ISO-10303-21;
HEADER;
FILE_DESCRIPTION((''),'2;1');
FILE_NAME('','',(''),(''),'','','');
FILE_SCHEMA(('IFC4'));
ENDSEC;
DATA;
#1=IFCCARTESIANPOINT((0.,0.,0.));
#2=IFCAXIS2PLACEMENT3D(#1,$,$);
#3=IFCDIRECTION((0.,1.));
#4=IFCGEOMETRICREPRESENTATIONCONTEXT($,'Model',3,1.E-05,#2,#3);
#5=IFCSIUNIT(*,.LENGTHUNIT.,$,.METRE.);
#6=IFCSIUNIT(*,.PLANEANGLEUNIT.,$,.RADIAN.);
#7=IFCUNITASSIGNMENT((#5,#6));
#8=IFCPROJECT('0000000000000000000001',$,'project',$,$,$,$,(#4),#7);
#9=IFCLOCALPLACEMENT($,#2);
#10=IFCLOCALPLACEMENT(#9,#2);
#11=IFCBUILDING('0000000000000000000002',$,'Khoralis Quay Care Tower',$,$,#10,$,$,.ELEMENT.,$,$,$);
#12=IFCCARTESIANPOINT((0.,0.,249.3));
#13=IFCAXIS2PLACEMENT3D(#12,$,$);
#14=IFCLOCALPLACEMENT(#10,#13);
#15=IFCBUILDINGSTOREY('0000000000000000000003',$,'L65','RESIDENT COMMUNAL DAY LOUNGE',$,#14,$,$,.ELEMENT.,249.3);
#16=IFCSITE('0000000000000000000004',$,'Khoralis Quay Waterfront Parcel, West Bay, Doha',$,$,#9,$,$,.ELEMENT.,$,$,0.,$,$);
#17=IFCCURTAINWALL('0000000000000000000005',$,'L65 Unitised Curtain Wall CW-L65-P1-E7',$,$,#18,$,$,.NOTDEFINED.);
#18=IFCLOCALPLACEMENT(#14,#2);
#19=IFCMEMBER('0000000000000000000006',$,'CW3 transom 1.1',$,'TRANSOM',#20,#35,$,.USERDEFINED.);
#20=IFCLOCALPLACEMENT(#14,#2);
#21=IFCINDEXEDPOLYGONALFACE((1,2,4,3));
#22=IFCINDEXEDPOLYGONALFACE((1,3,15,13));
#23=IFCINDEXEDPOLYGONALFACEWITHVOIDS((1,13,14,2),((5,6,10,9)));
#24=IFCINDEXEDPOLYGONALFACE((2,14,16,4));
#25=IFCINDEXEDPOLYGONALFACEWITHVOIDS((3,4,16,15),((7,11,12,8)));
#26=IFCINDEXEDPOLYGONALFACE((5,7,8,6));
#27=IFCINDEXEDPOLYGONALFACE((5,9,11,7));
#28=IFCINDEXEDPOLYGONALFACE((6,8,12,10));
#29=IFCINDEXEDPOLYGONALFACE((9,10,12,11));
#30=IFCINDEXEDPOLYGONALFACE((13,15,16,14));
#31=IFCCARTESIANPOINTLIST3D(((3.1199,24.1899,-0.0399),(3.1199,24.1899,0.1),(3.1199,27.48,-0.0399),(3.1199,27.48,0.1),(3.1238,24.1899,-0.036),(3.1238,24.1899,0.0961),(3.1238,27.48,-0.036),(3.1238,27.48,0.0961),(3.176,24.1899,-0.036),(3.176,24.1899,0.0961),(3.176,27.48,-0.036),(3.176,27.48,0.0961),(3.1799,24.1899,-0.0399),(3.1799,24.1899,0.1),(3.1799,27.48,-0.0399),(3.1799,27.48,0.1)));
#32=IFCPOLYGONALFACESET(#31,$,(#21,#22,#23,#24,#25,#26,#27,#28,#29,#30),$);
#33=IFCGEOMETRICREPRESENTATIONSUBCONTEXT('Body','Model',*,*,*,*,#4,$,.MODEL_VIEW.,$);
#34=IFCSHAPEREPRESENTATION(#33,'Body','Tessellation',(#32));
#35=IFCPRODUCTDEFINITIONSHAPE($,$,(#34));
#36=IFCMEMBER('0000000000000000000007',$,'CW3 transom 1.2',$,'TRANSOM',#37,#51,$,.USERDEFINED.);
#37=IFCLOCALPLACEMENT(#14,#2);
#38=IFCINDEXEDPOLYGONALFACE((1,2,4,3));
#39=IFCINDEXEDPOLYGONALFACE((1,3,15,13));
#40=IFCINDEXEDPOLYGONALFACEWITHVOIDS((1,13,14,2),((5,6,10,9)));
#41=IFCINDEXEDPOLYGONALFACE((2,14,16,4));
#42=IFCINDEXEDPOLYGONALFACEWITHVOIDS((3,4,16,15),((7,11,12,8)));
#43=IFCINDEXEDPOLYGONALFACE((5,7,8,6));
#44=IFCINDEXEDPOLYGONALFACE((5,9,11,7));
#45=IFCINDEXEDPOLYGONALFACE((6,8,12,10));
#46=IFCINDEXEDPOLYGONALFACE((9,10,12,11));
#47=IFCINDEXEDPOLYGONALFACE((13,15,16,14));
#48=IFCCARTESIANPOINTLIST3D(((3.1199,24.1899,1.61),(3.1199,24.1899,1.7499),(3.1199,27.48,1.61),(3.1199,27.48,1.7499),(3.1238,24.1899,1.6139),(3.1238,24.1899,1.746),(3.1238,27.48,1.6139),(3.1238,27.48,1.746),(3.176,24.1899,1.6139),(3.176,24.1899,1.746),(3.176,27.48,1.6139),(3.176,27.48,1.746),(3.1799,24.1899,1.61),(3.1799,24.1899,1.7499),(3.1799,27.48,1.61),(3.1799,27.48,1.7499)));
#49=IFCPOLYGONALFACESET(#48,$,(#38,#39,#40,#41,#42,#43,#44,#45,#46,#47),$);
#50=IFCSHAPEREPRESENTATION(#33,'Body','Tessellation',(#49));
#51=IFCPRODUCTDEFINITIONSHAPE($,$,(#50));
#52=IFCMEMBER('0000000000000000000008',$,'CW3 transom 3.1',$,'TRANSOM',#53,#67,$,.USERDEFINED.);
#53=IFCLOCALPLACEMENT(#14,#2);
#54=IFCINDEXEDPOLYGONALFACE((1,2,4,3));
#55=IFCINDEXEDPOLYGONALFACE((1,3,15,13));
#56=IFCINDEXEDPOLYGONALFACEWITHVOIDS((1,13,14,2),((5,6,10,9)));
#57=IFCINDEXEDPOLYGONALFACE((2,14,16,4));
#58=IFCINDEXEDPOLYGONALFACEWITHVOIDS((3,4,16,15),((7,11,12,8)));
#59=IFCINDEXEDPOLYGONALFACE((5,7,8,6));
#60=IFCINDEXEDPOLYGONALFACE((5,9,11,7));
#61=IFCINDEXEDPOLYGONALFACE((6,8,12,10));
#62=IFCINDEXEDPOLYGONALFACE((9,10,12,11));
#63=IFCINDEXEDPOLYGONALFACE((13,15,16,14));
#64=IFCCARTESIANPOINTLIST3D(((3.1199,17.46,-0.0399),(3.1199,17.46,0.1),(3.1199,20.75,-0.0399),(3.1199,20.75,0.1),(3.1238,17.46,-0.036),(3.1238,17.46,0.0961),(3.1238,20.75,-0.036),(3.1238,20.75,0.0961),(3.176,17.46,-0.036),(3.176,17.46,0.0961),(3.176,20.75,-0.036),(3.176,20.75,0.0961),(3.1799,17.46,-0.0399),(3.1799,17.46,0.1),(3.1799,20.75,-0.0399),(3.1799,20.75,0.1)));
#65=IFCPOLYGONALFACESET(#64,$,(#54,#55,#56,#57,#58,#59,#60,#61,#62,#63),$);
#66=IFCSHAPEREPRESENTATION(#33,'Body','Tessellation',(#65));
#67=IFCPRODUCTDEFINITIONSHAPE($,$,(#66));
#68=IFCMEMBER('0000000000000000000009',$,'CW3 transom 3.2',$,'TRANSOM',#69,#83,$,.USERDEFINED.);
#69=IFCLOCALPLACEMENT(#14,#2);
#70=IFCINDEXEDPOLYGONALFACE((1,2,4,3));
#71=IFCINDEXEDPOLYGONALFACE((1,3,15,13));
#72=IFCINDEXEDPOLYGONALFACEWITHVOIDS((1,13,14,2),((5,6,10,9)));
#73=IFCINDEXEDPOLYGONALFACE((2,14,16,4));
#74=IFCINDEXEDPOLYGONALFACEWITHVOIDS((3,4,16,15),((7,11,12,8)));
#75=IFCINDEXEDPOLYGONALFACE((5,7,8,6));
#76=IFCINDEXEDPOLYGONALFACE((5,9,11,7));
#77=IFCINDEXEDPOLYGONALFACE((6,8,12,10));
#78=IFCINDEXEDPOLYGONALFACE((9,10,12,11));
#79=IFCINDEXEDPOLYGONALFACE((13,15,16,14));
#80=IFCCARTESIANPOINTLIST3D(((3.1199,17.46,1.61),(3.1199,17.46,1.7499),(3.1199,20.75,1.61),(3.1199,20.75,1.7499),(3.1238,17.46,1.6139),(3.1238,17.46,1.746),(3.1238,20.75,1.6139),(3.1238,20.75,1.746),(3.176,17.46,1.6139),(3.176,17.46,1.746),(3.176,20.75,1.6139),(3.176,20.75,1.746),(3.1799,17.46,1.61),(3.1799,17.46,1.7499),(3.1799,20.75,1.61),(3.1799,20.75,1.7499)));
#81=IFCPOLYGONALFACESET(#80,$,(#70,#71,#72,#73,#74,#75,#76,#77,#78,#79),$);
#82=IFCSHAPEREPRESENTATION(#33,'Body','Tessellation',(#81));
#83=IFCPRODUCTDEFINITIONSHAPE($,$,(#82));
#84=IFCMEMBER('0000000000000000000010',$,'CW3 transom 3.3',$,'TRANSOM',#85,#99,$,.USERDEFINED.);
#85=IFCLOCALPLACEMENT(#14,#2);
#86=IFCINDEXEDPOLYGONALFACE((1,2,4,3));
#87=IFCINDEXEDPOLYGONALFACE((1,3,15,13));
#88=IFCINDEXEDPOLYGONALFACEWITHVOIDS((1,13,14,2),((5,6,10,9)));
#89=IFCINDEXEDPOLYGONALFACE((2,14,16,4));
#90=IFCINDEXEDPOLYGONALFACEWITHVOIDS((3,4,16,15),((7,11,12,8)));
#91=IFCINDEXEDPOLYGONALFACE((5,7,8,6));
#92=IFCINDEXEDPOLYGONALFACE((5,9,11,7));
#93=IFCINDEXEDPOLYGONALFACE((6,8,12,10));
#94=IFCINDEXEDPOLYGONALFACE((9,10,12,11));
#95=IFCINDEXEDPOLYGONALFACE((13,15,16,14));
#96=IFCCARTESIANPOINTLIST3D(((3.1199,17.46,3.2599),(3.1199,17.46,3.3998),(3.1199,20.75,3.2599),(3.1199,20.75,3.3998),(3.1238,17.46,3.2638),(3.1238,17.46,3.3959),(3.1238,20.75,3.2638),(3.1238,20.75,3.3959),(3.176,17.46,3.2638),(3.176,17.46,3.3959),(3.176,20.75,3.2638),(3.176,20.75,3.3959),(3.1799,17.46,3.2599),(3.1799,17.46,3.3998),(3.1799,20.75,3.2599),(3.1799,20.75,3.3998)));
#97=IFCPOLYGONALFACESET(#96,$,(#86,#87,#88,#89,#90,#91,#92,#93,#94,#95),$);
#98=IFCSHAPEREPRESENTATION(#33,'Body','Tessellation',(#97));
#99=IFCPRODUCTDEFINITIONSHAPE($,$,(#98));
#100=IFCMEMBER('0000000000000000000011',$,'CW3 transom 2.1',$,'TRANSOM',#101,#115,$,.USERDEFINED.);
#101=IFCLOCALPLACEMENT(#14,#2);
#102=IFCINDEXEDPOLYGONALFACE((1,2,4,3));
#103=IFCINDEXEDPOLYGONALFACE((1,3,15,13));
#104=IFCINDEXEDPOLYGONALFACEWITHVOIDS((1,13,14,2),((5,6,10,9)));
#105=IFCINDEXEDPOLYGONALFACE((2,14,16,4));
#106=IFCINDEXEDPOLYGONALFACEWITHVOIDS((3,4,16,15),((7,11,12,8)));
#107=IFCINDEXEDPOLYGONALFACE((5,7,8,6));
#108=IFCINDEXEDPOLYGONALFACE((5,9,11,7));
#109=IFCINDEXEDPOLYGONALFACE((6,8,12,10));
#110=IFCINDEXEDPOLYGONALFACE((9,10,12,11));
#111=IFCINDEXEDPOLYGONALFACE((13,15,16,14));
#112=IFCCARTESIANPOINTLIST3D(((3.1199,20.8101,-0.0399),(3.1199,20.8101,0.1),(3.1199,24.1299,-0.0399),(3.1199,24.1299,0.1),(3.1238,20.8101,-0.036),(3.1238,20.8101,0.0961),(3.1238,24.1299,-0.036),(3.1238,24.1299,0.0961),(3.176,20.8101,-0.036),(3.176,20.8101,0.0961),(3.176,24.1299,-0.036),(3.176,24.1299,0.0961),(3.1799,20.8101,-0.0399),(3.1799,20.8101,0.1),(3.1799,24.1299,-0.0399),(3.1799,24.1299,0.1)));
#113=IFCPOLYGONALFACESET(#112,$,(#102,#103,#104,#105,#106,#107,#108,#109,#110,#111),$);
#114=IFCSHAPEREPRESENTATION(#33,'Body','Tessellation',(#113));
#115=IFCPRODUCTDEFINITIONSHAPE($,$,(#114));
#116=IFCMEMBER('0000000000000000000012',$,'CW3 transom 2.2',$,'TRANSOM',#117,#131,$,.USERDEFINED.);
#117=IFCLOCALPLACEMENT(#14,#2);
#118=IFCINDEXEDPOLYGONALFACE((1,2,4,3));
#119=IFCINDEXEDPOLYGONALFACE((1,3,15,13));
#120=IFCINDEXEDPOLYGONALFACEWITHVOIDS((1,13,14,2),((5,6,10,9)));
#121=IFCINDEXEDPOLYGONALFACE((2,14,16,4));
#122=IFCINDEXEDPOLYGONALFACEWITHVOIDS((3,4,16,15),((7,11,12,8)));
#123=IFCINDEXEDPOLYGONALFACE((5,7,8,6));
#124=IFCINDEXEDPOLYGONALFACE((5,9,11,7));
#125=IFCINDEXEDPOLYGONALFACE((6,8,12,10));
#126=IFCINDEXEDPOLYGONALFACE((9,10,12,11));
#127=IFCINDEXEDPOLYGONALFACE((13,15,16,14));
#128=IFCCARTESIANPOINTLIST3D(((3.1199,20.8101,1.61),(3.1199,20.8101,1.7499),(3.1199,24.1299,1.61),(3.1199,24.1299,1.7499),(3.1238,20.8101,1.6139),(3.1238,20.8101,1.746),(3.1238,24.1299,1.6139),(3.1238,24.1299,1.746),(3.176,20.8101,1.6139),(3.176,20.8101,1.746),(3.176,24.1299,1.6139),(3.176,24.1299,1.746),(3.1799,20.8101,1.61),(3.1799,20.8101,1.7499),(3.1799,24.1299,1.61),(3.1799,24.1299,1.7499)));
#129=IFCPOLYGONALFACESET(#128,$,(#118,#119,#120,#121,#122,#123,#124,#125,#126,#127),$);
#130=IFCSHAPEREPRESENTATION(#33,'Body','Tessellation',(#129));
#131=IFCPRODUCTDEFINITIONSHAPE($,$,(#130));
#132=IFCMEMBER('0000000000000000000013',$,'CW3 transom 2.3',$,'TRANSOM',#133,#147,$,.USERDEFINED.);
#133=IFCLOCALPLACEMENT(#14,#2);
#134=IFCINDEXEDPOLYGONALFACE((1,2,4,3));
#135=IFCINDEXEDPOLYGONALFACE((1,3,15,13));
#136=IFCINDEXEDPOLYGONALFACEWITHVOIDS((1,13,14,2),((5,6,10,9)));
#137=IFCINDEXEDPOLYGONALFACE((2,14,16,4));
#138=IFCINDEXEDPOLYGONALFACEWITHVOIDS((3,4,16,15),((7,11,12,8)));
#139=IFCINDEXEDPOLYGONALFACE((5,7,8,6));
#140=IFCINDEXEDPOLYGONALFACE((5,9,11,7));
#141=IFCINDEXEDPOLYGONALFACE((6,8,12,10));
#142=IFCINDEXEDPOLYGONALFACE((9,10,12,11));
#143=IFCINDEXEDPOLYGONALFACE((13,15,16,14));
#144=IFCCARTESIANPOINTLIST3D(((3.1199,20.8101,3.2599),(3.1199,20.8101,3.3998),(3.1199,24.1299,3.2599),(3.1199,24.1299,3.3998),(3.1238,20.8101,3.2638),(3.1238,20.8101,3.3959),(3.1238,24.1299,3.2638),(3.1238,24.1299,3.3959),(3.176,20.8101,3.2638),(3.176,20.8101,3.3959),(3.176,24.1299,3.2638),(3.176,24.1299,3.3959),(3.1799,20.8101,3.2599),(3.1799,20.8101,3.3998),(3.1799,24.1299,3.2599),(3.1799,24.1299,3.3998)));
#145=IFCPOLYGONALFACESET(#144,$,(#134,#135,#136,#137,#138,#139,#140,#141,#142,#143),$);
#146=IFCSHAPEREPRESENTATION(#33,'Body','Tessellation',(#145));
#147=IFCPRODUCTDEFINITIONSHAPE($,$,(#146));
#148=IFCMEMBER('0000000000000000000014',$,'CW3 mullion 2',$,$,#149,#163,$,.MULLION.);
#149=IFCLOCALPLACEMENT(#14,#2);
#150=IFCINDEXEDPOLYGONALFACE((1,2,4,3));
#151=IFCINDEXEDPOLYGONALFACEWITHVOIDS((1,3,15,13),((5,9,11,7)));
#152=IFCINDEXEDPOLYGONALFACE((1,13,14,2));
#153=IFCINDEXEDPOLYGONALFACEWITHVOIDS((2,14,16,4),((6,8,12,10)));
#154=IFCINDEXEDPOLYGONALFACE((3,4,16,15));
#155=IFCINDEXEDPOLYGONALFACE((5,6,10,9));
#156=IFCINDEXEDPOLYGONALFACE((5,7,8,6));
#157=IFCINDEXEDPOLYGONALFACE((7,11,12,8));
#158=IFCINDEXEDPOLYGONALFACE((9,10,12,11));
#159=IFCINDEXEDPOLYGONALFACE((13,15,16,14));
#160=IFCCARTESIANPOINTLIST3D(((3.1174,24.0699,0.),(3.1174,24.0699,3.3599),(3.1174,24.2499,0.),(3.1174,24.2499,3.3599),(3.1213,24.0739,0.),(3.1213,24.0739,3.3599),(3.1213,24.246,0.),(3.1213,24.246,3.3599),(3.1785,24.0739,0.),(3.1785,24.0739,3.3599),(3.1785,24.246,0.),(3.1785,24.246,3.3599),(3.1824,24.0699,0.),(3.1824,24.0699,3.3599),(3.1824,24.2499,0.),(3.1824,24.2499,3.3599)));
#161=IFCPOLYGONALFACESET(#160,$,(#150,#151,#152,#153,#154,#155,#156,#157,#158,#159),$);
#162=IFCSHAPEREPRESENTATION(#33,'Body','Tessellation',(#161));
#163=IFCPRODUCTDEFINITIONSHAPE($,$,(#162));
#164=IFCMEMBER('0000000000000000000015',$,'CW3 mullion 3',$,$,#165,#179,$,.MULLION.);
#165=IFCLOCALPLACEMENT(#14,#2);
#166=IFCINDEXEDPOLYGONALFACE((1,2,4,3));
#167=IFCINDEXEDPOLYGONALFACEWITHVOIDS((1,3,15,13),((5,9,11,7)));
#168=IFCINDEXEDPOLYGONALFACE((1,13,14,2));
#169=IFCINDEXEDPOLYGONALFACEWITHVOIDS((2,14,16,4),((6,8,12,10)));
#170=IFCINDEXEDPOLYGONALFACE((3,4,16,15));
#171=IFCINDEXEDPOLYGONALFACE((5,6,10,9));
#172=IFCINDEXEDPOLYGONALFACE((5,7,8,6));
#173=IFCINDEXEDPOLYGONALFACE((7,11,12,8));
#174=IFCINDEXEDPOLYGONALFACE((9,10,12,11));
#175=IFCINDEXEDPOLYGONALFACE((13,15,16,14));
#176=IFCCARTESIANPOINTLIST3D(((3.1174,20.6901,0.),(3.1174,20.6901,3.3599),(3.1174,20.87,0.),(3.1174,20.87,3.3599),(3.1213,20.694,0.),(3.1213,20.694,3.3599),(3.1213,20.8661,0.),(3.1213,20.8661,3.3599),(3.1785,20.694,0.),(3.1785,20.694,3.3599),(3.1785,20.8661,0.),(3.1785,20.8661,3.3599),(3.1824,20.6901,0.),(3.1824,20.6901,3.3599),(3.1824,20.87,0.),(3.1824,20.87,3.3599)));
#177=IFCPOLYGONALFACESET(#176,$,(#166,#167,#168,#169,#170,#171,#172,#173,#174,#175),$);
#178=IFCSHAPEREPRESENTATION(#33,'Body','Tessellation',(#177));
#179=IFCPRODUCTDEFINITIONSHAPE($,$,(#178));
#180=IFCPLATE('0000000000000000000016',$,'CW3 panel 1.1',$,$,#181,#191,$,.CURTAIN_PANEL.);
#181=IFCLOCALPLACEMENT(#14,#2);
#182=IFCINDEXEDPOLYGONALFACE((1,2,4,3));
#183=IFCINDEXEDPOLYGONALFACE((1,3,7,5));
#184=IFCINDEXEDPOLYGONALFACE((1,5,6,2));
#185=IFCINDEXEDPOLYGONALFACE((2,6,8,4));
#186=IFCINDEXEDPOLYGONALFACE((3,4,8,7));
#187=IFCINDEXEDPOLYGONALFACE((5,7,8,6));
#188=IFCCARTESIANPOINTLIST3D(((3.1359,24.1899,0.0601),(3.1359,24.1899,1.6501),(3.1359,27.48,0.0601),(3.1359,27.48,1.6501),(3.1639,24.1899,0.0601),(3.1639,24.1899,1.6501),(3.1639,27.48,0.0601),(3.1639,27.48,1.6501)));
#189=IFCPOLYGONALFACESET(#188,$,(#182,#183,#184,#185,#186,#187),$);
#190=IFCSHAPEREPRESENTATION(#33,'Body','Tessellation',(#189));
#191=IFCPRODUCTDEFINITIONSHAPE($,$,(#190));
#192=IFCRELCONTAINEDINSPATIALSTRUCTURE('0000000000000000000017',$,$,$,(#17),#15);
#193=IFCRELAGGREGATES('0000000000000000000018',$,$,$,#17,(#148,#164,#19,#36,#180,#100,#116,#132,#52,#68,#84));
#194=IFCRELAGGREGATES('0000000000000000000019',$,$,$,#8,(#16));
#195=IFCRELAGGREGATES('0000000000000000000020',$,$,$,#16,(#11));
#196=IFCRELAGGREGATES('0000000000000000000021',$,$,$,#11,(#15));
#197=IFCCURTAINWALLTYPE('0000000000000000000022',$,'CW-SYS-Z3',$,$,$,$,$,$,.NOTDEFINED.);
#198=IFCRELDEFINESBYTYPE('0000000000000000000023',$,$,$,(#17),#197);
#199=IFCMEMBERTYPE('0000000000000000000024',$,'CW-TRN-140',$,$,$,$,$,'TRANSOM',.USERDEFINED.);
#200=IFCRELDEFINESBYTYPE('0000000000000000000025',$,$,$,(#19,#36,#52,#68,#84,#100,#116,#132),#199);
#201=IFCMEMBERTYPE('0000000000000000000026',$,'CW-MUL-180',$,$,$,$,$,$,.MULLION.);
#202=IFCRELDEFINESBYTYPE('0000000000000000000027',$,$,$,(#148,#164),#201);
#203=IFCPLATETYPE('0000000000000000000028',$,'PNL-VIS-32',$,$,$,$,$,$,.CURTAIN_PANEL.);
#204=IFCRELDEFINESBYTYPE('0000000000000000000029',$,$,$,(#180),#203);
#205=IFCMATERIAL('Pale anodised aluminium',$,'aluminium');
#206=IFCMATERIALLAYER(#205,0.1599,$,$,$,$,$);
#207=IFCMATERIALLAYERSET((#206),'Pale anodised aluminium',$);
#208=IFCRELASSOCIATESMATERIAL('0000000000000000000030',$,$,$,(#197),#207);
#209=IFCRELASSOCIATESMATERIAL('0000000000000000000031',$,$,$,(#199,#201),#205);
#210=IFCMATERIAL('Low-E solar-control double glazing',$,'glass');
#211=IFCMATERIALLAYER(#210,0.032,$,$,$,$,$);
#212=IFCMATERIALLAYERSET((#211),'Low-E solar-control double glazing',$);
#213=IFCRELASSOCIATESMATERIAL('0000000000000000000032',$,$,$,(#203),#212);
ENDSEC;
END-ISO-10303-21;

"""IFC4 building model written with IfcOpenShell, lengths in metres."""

from ifc_helpers import new_model, si_unit, direction, frame, origin, origin_2d, place, context, subcontext, project, spatial, rectangle, hollow_rectangle, extrude, source, transform, mapped, material, layer, layer_set, material_profile, profile_set, type_object, element, aggregate, save


model = new_model("IFC4")

# Units and contexts
model_context = context("Model", 3, precision=1e-05, world=origin(), true_north=direction((0.0, 1.0)))
body_context = subcontext(model_context, "Body", "Model", "MODEL_VIEW")
ifc_project = project(units=[si_unit("LENGTHUNIT", "METRE"), si_unit("PLANEANGLEUNIT", "RADIAN")], contexts=[model_context])

# Site, building, storey
site_placement = place(None, origin())
site = spatial("IfcSite", under=ifc_project, at=site_placement, Name="Khoralis Quay Waterfront Parcel, West Bay, Doha", CompositionType="ELEMENT", RefElevation=0.0)
building_placement = place(site_placement, origin())
building = spatial("IfcBuilding", under=site, at=building_placement, Name="Khoralis Quay Care Tower", CompositionType="ELEMENT")
storey_placement = place(building_placement, frame((0.0, 0.0, 249.3)))
storey = spatial("IfcBuildingStorey", under=building, at=storey_placement, Name="L65", Description="RESIDENT COMMUNAL DAY LOUNGE", CompositionType="ELEMENT", Elevation=249.3)

# Curtain wall, members, plate
ifc_material_1 = material(Name="Pale anodised aluminium", Category="aluminium")
ifc_layer_1 = layer(ifc_material_1, 0.1599)
ifc_layer_set_1 = layer_set([ifc_layer_1], Name="Pale anodised aluminium")
curtain_wall_type = type_object("IfcCurtainWallType", Name="CW-SYS-Z3", PredefinedType="NOTDEFINED", material=ifc_layer_set_1)
curtain_wall_placement = place(storey_placement, origin())
curtain_wall = element("IfcCurtainWall", 1, at=curtain_wall_placement, inside=storey, type_object=curtain_wall_type, Name="L65 Unitised Curtain Wall CW-L65-P1-E7", PredefinedType="NOTDEFINED")
ifc_material_profile_1 = material_profile(ifc_material_1, hollow_rectangle(XDim=0.0601, YDim=0.1399, WallThickness=0.0039, at=origin_2d()), Name="Pale anodised aluminium")
ifc_profile_set_1 = profile_set([ifc_material_profile_1], Name="Pale anodised aluminium")
member_type_1 = type_object("IfcMemberType", Name="CW-TRN-140", ElementType="TRANSOM", PredefinedType="USERDEFINED", material=ifc_profile_set_1)
shared_shape_1 = source(origin(), body_context, "Body", "SweptSolid", [
    extrude(hollow_rectangle(XDim=0.0601, YDim=0.1399, WallThickness=0.0039, at=origin_2d()), origin(), (0.0, 0.0, 1.0), 3.29),
])
member_1_placement = place(storey_placement, frame((3.1499, 27.48, 0.03), z_axis=(0.0, -1.0, 0.0), x_axis=(1.0, 0.0, 0.0)))
member_1 = element("IfcMember", 2, at=member_1_placement, type_object=member_type_1, Name="CW3 transom 1.1", ObjectType="TRANSOM", PredefinedType="USERDEFINED", context=body_context, shape_type="MappedRepresentation", body=[
    mapped(shared_shape_1, transform((0.0, 0.0, 0.0), scale=1.0)),
])
member_2_placement = place(storey_placement, frame((3.1499, 27.48, 1.6799), z_axis=(0.0, -1.0, 0.0), x_axis=(1.0, 0.0, 0.0)))
member_2 = element("IfcMember", 3, at=member_2_placement, type_object=member_type_1, Name="CW3 transom 1.2", ObjectType="TRANSOM", PredefinedType="USERDEFINED", context=body_context, shape_type="MappedRepresentation", body=[
    mapped(shared_shape_1, transform((0.0, 0.0, 0.0), scale=1.0)),
])
member_3_placement = place(storey_placement, frame((3.1499, 20.75, 0.03), z_axis=(0.0, -1.0, 0.0), x_axis=(1.0, 0.0, 0.0)))
member_3 = element("IfcMember", 4, at=member_3_placement, type_object=member_type_1, Name="CW3 transom 3.1", ObjectType="TRANSOM", PredefinedType="USERDEFINED", context=body_context, shape_type="MappedRepresentation", body=[
    mapped(shared_shape_1, transform((0.0, 0.0, 0.0), scale=1.0)),
])
member_4_placement = place(storey_placement, frame((3.1499, 20.75, 1.6799), z_axis=(0.0, -1.0, 0.0), x_axis=(1.0, 0.0, 0.0)))
member_4 = element("IfcMember", 5, at=member_4_placement, type_object=member_type_1, Name="CW3 transom 3.2", ObjectType="TRANSOM", PredefinedType="USERDEFINED", context=body_context, shape_type="MappedRepresentation", body=[
    mapped(shared_shape_1, transform((0.0, 0.0, 0.0), scale=1.0)),
])
member_5_placement = place(storey_placement, frame((3.1499, 20.75, 3.3298), z_axis=(0.0, -1.0, 0.0), x_axis=(1.0, 0.0, 0.0)))
member_5 = element("IfcMember", 6, at=member_5_placement, type_object=member_type_1, Name="CW3 transom 3.3", ObjectType="TRANSOM", PredefinedType="USERDEFINED", context=body_context, shape_type="MappedRepresentation", body=[
    mapped(shared_shape_1, transform((0.0, 0.0, 0.0), scale=1.0)),
])
shared_shape_2 = source(origin(), body_context, "Body", "SweptSolid", [
    extrude(hollow_rectangle(XDim=0.0601, YDim=0.1399, WallThickness=0.0039, at=origin_2d()), origin(), (0.0, 0.0, 1.0), 3.3198),
])
member_6_placement = place(storey_placement, frame((3.1499, 24.1299, 0.03), z_axis=(0.0, -1.0, 0.0), x_axis=(1.0, 0.0, 0.0)))
member_6 = element("IfcMember", 7, at=member_6_placement, type_object=member_type_1, Name="CW3 transom 2.1", ObjectType="TRANSOM", PredefinedType="USERDEFINED", context=body_context, shape_type="MappedRepresentation", body=[
    mapped(shared_shape_2, transform((0.0, 0.0, 0.0), scale=1.0)),
])
member_7_placement = place(storey_placement, frame((3.1499, 24.1299, 1.6799), z_axis=(0.0, -1.0, 0.0), x_axis=(1.0, 0.0, 0.0)))
member_7 = element("IfcMember", 8, at=member_7_placement, type_object=member_type_1, Name="CW3 transom 2.2", ObjectType="TRANSOM", PredefinedType="USERDEFINED", context=body_context, shape_type="MappedRepresentation", body=[
    mapped(shared_shape_2, transform((0.0, 0.0, 0.0), scale=1.0)),
])
member_8_placement = place(storey_placement, frame((3.1499, 24.1299, 3.3298), z_axis=(0.0, -1.0, 0.0), x_axis=(1.0, 0.0, 0.0)))
member_8 = element("IfcMember", 9, at=member_8_placement, type_object=member_type_1, Name="CW3 transom 2.3", ObjectType="TRANSOM", PredefinedType="USERDEFINED", context=body_context, shape_type="MappedRepresentation", body=[
    mapped(shared_shape_2, transform((0.0, 0.0, 0.0), scale=1.0)),
])
ifc_material_profile_2 = material_profile(ifc_material_1, hollow_rectangle(XDim=0.0649, YDim=0.1799, WallThickness=0.0039, at=origin_2d()), Name="Pale anodised aluminium")
ifc_profile_set_2 = profile_set([ifc_material_profile_2], Name="Pale anodised aluminium")
member_type_2 = type_object("IfcMemberType", Name="CW-MUL-180", PredefinedType="MULLION", material=ifc_profile_set_2)
shared_shape_3 = source(origin(), body_context, "Body", "SweptSolid", [
    extrude(hollow_rectangle(XDim=0.0649, YDim=0.1799, WallThickness=0.0039, at=origin_2d()), origin(), (0.0, 0.0, 1.0), 3.3599),
])
member_9_placement = place(storey_placement, frame((3.1499, 24.1599, 0.0), z_axis=(0.0, 0.0, 1.0), x_axis=(1.0, 0.0, 0.0)))
member_9 = element("IfcMember", 10, at=member_9_placement, type_object=member_type_2, Name="CW3 mullion 2", PredefinedType="MULLION", context=body_context, shape_type="MappedRepresentation", body=[
    mapped(shared_shape_3, transform((0.0, 0.0, 0.0), scale=1.0)),
])
member_10_placement = place(storey_placement, frame((3.1499, 20.78, 0.0), z_axis=(0.0, 0.0, 1.0), x_axis=(1.0, 0.0, 0.0)))
member_10 = element("IfcMember", 11, at=member_10_placement, type_object=member_type_2, Name="CW3 mullion 3", PredefinedType="MULLION", context=body_context, shape_type="MappedRepresentation", body=[
    mapped(shared_shape_3, transform((0.0, 0.0, 0.0), scale=1.0)),
])
ifc_material_2 = material(Name="Low-E solar-control double glazing", Category="glass")
ifc_layer_2 = layer(ifc_material_2, 0.032)
ifc_layer_set_2 = layer_set([ifc_layer_2], Name="Low-E solar-control double glazing")
plate_type = type_object("IfcPlateType", Name="PNL-VIS-32", PredefinedType="CURTAIN_PANEL", material=ifc_layer_set_2)
shared_shape_4 = source(origin(), body_context, "Body", "SweptSolid", [
    extrude(rectangle(XDim=3.29, YDim=0.0281, at=origin_2d()), origin(), (0.0, 0.0, 1.0), 1.5901),
])
plate_1_placement = place(storey_placement, frame((3.1499, 25.835, 0.0601), z_axis=(0.0, 0.0, 1.0), x_axis=(0.0, -1.0, 0.0)))
plate_1 = element("IfcPlate", 12, at=plate_1_placement, type_object=plate_type, Name="CW3 panel 1.1", PredefinedType="CURTAIN_PANEL", context=body_context, shape_type="MappedRepresentation", body=[
    mapped(shared_shape_4, transform((0.0, 0.0, 0.0), scale=1.0)),
])
aggregate(curtain_wall, [member_9, member_10, member_1, member_2, plate_1, member_6, member_7, member_8, member_3, member_4, member_5])

save(model, "model.ifc")
